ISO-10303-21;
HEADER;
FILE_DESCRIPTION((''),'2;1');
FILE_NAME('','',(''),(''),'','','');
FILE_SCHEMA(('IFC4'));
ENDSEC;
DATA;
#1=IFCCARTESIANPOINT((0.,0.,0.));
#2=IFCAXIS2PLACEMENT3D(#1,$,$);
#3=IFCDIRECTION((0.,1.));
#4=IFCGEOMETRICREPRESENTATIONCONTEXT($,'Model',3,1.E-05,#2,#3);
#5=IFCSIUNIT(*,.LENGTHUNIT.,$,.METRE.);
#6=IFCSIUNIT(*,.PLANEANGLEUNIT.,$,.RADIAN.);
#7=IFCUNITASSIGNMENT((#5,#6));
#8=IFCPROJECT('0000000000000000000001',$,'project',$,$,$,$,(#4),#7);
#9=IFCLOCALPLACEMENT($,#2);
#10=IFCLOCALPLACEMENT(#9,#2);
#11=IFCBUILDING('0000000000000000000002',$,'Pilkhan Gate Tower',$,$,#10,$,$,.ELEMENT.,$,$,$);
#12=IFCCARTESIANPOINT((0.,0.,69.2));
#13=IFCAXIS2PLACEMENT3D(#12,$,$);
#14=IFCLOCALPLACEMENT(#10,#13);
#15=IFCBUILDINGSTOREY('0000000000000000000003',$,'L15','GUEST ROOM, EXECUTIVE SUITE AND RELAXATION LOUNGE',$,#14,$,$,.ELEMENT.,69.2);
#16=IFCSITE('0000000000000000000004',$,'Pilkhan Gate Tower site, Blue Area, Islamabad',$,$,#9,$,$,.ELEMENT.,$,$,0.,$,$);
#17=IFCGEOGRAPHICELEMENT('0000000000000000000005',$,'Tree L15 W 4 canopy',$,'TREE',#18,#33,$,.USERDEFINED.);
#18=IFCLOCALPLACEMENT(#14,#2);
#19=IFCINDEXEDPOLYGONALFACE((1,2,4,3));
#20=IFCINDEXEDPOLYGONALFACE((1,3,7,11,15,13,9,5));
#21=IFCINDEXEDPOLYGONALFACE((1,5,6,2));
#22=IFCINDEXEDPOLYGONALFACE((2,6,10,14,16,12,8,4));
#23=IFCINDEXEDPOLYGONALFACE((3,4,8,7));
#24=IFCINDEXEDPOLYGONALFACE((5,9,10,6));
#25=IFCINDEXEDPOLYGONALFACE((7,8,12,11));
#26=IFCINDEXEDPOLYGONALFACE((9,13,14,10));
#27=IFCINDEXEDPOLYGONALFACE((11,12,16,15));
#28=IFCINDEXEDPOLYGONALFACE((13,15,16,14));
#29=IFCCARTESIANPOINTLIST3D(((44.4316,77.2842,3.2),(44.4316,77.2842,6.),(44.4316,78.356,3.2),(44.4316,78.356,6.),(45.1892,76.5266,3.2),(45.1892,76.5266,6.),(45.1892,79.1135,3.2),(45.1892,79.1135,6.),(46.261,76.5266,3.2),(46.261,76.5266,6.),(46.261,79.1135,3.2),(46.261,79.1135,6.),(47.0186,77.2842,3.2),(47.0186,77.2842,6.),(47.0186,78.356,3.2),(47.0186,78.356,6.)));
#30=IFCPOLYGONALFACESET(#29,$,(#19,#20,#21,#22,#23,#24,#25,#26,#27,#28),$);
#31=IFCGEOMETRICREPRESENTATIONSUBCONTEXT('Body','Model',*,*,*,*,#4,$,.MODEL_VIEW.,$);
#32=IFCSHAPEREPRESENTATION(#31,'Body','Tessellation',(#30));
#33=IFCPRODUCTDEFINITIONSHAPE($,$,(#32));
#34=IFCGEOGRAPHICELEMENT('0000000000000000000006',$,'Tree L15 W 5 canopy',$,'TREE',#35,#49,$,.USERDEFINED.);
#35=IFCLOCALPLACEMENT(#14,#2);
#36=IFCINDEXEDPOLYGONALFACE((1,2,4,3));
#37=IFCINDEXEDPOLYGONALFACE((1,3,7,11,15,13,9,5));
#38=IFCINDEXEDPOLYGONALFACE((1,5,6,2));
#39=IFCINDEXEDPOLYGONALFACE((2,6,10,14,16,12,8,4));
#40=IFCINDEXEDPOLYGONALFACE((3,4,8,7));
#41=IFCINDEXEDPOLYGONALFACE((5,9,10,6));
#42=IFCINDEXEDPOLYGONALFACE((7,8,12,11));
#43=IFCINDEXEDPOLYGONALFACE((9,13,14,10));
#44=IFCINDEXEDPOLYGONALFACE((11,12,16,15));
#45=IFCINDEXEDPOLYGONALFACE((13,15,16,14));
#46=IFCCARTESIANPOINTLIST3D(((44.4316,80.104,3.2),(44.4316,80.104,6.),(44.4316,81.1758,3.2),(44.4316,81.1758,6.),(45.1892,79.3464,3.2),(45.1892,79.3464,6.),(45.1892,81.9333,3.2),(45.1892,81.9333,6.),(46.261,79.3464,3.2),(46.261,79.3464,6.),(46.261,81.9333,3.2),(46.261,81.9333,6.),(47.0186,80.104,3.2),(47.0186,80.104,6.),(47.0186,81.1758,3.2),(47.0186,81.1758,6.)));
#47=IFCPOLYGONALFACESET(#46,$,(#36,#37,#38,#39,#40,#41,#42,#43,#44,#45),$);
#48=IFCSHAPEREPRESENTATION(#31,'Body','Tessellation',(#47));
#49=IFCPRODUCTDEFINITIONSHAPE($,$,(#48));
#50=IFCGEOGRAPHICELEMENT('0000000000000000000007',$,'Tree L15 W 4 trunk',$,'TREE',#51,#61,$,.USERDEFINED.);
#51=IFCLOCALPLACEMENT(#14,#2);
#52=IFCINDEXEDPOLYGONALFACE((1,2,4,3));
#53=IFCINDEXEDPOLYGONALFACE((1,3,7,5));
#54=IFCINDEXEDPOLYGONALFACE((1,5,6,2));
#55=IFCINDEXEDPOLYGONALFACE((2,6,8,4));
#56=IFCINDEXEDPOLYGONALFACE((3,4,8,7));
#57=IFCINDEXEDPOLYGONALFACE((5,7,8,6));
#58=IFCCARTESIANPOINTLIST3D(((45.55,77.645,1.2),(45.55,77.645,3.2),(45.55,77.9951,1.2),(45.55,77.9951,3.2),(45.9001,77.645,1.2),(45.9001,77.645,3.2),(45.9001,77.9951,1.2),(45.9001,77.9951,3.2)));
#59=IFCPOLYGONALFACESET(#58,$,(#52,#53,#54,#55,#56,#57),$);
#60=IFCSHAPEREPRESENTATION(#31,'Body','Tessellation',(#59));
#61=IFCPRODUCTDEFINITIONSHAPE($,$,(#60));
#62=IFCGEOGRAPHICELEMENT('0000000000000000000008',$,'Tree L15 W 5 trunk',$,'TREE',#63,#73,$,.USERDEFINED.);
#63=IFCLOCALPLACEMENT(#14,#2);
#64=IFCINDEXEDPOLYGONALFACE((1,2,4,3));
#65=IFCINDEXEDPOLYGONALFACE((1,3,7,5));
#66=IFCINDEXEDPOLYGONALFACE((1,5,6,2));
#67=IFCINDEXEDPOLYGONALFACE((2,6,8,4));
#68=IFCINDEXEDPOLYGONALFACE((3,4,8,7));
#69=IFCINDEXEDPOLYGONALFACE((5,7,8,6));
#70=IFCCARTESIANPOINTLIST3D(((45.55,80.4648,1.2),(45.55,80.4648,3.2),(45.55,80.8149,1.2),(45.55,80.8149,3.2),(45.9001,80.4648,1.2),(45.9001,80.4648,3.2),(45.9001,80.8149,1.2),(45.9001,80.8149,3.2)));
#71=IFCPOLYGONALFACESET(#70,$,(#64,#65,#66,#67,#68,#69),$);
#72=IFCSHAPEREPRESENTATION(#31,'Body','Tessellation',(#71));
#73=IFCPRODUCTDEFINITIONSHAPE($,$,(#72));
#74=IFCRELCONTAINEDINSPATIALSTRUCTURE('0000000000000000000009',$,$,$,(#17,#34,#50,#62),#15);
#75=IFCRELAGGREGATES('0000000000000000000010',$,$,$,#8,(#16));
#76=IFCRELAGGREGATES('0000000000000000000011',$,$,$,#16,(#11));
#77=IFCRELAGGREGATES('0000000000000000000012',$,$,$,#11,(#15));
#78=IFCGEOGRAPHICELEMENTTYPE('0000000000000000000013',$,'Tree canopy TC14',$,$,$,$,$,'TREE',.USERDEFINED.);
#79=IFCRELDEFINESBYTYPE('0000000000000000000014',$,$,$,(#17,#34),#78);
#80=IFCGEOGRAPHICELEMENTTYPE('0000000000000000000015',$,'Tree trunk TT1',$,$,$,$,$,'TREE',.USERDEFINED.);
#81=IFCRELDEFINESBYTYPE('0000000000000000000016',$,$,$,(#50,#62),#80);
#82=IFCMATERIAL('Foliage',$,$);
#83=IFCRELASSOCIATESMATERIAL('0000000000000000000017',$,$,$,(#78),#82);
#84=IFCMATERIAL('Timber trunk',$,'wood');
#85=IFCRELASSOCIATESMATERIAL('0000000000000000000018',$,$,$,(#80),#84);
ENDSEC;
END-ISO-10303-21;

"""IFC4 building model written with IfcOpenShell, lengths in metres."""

from ifc_helpers import new_model, si_unit, direction, frame, origin, origin_2d, place, context, subcontext, project, spatial, polyline, rectangle, outline, extrude, material, material_profile, profile_set, type_object, element, save


model = new_model("IFC4")

# Units and contexts
model_context = context("Model", 3, precision=1e-05, world=origin(), true_north=direction((0.0, 1.0)))
body_context = subcontext(model_context, "Body", "Model", "MODEL_VIEW")
ifc_project = project(units=[si_unit("LENGTHUNIT", "METRE"), si_unit("PLANEANGLEUNIT", "RADIAN")], contexts=[model_context])

# Site, building, storey
site_placement = place(None, origin())
site = spatial("IfcSite", under=ifc_project, at=site_placement, Name="Pilkhan Gate Tower site, Blue Area, Islamabad", CompositionType="ELEMENT", RefElevation=0.0)
building_placement = place(site_placement, origin())
building = spatial("IfcBuilding", under=site, at=building_placement, Name="Pilkhan Gate Tower", CompositionType="ELEMENT")
storey_placement = place(building_placement, frame((0.0, 0.0, 69.2)))
storey = spatial("IfcBuildingStorey", under=building, at=storey_placement, Name="L15", Description="GUEST ROOM, EXECUTIVE SUITE AND RELAXATION LOUNGE", CompositionType="ELEMENT", Elevation=69.2)

# Geographic elements
ifc_material_1 = material(Name="Foliage")
ifc_material_profile_1 = material_profile(ifc_material_1, outline(polyline([(1.2935, 0.5359), (0.5359, 1.2935), (-0.5359, 1.2935), (-1.2935, 0.5359), (-1.2935, -0.5359), (-0.5359, -1.2935), (0.5359, -1.2935), (1.2935, -0.5359), (1.2935, 0.5359)])), Name="Canopy D2.8")
ifc_profile_set_1 = profile_set([ifc_material_profile_1], Name="Foliage")
geographic_element_type_1 = type_object("IfcGeographicElementType", Name="Tree canopy TC14", ElementType="TREE", PredefinedType="USERDEFINED", material=ifc_profile_set_1)
for number, where, z_axis, x_axis, name in (
    (1, (45.7251, 77.8201, 3.2), (0.0, 0.0, 1.0), (1.0, 0.0, 0.0), "Tree L15 W 4 canopy"),
    (2, (45.7251, 80.6399, 3.2), (0.0, 0.0, 1.0), (1.0, 0.0, 0.0), "Tree L15 W 5 canopy"),
):
    element("IfcGeographicElement", number, at=place(storey_placement, frame(where, z_axis=z_axis, x_axis=x_axis)), inside=storey, type_object=geographic_element_type_1, Name=name, ObjectType="TREE", PredefinedType="USERDEFINED", context=body_context, shape_type="SweptSolid", body=[
        extrude(outline(polyline([(1.2935, 0.5359), (0.5359, 1.2935), (-0.5359, 1.2935), (-1.2935, 0.5359), (-1.2935, -0.5359), (-0.5359, -1.2935), (0.5359, -1.2935), (1.2935, -0.5359), (1.2935, 0.5359)])), origin(), (0.0, 0.0, 1.0), 2.8),
    ])
ifc_material_2 = material(Name="Timber trunk", Category="wood")
geographic_element_type_2 = type_object("IfcGeographicElementType", Name="Tree trunk TT1", ElementType="TREE", PredefinedType="USERDEFINED", material=ifc_material_2)
for number, where, z_axis, x_axis, name in (
    (3, (45.7251, 77.8201, 1.2), (0.0, 0.0, 1.0), (1.0, 0.0, 0.0), "Tree L15 W 4 trunk"),
    (4, (45.7251, 80.6399, 1.2), (0.0, 0.0, 1.0), (1.0, 0.0, 0.0), "Tree L15 W 5 trunk"),
):
    element("IfcGeographicElement", number, at=place(storey_placement, frame(where, z_axis=z_axis, x_axis=x_axis)), inside=storey, type_object=geographic_element_type_2, Name=name, ObjectType="TREE", PredefinedType="USERDEFINED", context=body_context, shape_type="SweptSolid", body=[
        extrude(rectangle(XDim=0.3501, YDim=0.3501, at=origin_2d()), origin(), (0.0, 0.0, 1.0), 2.0),
    ])

save(model, "model.ifc")
